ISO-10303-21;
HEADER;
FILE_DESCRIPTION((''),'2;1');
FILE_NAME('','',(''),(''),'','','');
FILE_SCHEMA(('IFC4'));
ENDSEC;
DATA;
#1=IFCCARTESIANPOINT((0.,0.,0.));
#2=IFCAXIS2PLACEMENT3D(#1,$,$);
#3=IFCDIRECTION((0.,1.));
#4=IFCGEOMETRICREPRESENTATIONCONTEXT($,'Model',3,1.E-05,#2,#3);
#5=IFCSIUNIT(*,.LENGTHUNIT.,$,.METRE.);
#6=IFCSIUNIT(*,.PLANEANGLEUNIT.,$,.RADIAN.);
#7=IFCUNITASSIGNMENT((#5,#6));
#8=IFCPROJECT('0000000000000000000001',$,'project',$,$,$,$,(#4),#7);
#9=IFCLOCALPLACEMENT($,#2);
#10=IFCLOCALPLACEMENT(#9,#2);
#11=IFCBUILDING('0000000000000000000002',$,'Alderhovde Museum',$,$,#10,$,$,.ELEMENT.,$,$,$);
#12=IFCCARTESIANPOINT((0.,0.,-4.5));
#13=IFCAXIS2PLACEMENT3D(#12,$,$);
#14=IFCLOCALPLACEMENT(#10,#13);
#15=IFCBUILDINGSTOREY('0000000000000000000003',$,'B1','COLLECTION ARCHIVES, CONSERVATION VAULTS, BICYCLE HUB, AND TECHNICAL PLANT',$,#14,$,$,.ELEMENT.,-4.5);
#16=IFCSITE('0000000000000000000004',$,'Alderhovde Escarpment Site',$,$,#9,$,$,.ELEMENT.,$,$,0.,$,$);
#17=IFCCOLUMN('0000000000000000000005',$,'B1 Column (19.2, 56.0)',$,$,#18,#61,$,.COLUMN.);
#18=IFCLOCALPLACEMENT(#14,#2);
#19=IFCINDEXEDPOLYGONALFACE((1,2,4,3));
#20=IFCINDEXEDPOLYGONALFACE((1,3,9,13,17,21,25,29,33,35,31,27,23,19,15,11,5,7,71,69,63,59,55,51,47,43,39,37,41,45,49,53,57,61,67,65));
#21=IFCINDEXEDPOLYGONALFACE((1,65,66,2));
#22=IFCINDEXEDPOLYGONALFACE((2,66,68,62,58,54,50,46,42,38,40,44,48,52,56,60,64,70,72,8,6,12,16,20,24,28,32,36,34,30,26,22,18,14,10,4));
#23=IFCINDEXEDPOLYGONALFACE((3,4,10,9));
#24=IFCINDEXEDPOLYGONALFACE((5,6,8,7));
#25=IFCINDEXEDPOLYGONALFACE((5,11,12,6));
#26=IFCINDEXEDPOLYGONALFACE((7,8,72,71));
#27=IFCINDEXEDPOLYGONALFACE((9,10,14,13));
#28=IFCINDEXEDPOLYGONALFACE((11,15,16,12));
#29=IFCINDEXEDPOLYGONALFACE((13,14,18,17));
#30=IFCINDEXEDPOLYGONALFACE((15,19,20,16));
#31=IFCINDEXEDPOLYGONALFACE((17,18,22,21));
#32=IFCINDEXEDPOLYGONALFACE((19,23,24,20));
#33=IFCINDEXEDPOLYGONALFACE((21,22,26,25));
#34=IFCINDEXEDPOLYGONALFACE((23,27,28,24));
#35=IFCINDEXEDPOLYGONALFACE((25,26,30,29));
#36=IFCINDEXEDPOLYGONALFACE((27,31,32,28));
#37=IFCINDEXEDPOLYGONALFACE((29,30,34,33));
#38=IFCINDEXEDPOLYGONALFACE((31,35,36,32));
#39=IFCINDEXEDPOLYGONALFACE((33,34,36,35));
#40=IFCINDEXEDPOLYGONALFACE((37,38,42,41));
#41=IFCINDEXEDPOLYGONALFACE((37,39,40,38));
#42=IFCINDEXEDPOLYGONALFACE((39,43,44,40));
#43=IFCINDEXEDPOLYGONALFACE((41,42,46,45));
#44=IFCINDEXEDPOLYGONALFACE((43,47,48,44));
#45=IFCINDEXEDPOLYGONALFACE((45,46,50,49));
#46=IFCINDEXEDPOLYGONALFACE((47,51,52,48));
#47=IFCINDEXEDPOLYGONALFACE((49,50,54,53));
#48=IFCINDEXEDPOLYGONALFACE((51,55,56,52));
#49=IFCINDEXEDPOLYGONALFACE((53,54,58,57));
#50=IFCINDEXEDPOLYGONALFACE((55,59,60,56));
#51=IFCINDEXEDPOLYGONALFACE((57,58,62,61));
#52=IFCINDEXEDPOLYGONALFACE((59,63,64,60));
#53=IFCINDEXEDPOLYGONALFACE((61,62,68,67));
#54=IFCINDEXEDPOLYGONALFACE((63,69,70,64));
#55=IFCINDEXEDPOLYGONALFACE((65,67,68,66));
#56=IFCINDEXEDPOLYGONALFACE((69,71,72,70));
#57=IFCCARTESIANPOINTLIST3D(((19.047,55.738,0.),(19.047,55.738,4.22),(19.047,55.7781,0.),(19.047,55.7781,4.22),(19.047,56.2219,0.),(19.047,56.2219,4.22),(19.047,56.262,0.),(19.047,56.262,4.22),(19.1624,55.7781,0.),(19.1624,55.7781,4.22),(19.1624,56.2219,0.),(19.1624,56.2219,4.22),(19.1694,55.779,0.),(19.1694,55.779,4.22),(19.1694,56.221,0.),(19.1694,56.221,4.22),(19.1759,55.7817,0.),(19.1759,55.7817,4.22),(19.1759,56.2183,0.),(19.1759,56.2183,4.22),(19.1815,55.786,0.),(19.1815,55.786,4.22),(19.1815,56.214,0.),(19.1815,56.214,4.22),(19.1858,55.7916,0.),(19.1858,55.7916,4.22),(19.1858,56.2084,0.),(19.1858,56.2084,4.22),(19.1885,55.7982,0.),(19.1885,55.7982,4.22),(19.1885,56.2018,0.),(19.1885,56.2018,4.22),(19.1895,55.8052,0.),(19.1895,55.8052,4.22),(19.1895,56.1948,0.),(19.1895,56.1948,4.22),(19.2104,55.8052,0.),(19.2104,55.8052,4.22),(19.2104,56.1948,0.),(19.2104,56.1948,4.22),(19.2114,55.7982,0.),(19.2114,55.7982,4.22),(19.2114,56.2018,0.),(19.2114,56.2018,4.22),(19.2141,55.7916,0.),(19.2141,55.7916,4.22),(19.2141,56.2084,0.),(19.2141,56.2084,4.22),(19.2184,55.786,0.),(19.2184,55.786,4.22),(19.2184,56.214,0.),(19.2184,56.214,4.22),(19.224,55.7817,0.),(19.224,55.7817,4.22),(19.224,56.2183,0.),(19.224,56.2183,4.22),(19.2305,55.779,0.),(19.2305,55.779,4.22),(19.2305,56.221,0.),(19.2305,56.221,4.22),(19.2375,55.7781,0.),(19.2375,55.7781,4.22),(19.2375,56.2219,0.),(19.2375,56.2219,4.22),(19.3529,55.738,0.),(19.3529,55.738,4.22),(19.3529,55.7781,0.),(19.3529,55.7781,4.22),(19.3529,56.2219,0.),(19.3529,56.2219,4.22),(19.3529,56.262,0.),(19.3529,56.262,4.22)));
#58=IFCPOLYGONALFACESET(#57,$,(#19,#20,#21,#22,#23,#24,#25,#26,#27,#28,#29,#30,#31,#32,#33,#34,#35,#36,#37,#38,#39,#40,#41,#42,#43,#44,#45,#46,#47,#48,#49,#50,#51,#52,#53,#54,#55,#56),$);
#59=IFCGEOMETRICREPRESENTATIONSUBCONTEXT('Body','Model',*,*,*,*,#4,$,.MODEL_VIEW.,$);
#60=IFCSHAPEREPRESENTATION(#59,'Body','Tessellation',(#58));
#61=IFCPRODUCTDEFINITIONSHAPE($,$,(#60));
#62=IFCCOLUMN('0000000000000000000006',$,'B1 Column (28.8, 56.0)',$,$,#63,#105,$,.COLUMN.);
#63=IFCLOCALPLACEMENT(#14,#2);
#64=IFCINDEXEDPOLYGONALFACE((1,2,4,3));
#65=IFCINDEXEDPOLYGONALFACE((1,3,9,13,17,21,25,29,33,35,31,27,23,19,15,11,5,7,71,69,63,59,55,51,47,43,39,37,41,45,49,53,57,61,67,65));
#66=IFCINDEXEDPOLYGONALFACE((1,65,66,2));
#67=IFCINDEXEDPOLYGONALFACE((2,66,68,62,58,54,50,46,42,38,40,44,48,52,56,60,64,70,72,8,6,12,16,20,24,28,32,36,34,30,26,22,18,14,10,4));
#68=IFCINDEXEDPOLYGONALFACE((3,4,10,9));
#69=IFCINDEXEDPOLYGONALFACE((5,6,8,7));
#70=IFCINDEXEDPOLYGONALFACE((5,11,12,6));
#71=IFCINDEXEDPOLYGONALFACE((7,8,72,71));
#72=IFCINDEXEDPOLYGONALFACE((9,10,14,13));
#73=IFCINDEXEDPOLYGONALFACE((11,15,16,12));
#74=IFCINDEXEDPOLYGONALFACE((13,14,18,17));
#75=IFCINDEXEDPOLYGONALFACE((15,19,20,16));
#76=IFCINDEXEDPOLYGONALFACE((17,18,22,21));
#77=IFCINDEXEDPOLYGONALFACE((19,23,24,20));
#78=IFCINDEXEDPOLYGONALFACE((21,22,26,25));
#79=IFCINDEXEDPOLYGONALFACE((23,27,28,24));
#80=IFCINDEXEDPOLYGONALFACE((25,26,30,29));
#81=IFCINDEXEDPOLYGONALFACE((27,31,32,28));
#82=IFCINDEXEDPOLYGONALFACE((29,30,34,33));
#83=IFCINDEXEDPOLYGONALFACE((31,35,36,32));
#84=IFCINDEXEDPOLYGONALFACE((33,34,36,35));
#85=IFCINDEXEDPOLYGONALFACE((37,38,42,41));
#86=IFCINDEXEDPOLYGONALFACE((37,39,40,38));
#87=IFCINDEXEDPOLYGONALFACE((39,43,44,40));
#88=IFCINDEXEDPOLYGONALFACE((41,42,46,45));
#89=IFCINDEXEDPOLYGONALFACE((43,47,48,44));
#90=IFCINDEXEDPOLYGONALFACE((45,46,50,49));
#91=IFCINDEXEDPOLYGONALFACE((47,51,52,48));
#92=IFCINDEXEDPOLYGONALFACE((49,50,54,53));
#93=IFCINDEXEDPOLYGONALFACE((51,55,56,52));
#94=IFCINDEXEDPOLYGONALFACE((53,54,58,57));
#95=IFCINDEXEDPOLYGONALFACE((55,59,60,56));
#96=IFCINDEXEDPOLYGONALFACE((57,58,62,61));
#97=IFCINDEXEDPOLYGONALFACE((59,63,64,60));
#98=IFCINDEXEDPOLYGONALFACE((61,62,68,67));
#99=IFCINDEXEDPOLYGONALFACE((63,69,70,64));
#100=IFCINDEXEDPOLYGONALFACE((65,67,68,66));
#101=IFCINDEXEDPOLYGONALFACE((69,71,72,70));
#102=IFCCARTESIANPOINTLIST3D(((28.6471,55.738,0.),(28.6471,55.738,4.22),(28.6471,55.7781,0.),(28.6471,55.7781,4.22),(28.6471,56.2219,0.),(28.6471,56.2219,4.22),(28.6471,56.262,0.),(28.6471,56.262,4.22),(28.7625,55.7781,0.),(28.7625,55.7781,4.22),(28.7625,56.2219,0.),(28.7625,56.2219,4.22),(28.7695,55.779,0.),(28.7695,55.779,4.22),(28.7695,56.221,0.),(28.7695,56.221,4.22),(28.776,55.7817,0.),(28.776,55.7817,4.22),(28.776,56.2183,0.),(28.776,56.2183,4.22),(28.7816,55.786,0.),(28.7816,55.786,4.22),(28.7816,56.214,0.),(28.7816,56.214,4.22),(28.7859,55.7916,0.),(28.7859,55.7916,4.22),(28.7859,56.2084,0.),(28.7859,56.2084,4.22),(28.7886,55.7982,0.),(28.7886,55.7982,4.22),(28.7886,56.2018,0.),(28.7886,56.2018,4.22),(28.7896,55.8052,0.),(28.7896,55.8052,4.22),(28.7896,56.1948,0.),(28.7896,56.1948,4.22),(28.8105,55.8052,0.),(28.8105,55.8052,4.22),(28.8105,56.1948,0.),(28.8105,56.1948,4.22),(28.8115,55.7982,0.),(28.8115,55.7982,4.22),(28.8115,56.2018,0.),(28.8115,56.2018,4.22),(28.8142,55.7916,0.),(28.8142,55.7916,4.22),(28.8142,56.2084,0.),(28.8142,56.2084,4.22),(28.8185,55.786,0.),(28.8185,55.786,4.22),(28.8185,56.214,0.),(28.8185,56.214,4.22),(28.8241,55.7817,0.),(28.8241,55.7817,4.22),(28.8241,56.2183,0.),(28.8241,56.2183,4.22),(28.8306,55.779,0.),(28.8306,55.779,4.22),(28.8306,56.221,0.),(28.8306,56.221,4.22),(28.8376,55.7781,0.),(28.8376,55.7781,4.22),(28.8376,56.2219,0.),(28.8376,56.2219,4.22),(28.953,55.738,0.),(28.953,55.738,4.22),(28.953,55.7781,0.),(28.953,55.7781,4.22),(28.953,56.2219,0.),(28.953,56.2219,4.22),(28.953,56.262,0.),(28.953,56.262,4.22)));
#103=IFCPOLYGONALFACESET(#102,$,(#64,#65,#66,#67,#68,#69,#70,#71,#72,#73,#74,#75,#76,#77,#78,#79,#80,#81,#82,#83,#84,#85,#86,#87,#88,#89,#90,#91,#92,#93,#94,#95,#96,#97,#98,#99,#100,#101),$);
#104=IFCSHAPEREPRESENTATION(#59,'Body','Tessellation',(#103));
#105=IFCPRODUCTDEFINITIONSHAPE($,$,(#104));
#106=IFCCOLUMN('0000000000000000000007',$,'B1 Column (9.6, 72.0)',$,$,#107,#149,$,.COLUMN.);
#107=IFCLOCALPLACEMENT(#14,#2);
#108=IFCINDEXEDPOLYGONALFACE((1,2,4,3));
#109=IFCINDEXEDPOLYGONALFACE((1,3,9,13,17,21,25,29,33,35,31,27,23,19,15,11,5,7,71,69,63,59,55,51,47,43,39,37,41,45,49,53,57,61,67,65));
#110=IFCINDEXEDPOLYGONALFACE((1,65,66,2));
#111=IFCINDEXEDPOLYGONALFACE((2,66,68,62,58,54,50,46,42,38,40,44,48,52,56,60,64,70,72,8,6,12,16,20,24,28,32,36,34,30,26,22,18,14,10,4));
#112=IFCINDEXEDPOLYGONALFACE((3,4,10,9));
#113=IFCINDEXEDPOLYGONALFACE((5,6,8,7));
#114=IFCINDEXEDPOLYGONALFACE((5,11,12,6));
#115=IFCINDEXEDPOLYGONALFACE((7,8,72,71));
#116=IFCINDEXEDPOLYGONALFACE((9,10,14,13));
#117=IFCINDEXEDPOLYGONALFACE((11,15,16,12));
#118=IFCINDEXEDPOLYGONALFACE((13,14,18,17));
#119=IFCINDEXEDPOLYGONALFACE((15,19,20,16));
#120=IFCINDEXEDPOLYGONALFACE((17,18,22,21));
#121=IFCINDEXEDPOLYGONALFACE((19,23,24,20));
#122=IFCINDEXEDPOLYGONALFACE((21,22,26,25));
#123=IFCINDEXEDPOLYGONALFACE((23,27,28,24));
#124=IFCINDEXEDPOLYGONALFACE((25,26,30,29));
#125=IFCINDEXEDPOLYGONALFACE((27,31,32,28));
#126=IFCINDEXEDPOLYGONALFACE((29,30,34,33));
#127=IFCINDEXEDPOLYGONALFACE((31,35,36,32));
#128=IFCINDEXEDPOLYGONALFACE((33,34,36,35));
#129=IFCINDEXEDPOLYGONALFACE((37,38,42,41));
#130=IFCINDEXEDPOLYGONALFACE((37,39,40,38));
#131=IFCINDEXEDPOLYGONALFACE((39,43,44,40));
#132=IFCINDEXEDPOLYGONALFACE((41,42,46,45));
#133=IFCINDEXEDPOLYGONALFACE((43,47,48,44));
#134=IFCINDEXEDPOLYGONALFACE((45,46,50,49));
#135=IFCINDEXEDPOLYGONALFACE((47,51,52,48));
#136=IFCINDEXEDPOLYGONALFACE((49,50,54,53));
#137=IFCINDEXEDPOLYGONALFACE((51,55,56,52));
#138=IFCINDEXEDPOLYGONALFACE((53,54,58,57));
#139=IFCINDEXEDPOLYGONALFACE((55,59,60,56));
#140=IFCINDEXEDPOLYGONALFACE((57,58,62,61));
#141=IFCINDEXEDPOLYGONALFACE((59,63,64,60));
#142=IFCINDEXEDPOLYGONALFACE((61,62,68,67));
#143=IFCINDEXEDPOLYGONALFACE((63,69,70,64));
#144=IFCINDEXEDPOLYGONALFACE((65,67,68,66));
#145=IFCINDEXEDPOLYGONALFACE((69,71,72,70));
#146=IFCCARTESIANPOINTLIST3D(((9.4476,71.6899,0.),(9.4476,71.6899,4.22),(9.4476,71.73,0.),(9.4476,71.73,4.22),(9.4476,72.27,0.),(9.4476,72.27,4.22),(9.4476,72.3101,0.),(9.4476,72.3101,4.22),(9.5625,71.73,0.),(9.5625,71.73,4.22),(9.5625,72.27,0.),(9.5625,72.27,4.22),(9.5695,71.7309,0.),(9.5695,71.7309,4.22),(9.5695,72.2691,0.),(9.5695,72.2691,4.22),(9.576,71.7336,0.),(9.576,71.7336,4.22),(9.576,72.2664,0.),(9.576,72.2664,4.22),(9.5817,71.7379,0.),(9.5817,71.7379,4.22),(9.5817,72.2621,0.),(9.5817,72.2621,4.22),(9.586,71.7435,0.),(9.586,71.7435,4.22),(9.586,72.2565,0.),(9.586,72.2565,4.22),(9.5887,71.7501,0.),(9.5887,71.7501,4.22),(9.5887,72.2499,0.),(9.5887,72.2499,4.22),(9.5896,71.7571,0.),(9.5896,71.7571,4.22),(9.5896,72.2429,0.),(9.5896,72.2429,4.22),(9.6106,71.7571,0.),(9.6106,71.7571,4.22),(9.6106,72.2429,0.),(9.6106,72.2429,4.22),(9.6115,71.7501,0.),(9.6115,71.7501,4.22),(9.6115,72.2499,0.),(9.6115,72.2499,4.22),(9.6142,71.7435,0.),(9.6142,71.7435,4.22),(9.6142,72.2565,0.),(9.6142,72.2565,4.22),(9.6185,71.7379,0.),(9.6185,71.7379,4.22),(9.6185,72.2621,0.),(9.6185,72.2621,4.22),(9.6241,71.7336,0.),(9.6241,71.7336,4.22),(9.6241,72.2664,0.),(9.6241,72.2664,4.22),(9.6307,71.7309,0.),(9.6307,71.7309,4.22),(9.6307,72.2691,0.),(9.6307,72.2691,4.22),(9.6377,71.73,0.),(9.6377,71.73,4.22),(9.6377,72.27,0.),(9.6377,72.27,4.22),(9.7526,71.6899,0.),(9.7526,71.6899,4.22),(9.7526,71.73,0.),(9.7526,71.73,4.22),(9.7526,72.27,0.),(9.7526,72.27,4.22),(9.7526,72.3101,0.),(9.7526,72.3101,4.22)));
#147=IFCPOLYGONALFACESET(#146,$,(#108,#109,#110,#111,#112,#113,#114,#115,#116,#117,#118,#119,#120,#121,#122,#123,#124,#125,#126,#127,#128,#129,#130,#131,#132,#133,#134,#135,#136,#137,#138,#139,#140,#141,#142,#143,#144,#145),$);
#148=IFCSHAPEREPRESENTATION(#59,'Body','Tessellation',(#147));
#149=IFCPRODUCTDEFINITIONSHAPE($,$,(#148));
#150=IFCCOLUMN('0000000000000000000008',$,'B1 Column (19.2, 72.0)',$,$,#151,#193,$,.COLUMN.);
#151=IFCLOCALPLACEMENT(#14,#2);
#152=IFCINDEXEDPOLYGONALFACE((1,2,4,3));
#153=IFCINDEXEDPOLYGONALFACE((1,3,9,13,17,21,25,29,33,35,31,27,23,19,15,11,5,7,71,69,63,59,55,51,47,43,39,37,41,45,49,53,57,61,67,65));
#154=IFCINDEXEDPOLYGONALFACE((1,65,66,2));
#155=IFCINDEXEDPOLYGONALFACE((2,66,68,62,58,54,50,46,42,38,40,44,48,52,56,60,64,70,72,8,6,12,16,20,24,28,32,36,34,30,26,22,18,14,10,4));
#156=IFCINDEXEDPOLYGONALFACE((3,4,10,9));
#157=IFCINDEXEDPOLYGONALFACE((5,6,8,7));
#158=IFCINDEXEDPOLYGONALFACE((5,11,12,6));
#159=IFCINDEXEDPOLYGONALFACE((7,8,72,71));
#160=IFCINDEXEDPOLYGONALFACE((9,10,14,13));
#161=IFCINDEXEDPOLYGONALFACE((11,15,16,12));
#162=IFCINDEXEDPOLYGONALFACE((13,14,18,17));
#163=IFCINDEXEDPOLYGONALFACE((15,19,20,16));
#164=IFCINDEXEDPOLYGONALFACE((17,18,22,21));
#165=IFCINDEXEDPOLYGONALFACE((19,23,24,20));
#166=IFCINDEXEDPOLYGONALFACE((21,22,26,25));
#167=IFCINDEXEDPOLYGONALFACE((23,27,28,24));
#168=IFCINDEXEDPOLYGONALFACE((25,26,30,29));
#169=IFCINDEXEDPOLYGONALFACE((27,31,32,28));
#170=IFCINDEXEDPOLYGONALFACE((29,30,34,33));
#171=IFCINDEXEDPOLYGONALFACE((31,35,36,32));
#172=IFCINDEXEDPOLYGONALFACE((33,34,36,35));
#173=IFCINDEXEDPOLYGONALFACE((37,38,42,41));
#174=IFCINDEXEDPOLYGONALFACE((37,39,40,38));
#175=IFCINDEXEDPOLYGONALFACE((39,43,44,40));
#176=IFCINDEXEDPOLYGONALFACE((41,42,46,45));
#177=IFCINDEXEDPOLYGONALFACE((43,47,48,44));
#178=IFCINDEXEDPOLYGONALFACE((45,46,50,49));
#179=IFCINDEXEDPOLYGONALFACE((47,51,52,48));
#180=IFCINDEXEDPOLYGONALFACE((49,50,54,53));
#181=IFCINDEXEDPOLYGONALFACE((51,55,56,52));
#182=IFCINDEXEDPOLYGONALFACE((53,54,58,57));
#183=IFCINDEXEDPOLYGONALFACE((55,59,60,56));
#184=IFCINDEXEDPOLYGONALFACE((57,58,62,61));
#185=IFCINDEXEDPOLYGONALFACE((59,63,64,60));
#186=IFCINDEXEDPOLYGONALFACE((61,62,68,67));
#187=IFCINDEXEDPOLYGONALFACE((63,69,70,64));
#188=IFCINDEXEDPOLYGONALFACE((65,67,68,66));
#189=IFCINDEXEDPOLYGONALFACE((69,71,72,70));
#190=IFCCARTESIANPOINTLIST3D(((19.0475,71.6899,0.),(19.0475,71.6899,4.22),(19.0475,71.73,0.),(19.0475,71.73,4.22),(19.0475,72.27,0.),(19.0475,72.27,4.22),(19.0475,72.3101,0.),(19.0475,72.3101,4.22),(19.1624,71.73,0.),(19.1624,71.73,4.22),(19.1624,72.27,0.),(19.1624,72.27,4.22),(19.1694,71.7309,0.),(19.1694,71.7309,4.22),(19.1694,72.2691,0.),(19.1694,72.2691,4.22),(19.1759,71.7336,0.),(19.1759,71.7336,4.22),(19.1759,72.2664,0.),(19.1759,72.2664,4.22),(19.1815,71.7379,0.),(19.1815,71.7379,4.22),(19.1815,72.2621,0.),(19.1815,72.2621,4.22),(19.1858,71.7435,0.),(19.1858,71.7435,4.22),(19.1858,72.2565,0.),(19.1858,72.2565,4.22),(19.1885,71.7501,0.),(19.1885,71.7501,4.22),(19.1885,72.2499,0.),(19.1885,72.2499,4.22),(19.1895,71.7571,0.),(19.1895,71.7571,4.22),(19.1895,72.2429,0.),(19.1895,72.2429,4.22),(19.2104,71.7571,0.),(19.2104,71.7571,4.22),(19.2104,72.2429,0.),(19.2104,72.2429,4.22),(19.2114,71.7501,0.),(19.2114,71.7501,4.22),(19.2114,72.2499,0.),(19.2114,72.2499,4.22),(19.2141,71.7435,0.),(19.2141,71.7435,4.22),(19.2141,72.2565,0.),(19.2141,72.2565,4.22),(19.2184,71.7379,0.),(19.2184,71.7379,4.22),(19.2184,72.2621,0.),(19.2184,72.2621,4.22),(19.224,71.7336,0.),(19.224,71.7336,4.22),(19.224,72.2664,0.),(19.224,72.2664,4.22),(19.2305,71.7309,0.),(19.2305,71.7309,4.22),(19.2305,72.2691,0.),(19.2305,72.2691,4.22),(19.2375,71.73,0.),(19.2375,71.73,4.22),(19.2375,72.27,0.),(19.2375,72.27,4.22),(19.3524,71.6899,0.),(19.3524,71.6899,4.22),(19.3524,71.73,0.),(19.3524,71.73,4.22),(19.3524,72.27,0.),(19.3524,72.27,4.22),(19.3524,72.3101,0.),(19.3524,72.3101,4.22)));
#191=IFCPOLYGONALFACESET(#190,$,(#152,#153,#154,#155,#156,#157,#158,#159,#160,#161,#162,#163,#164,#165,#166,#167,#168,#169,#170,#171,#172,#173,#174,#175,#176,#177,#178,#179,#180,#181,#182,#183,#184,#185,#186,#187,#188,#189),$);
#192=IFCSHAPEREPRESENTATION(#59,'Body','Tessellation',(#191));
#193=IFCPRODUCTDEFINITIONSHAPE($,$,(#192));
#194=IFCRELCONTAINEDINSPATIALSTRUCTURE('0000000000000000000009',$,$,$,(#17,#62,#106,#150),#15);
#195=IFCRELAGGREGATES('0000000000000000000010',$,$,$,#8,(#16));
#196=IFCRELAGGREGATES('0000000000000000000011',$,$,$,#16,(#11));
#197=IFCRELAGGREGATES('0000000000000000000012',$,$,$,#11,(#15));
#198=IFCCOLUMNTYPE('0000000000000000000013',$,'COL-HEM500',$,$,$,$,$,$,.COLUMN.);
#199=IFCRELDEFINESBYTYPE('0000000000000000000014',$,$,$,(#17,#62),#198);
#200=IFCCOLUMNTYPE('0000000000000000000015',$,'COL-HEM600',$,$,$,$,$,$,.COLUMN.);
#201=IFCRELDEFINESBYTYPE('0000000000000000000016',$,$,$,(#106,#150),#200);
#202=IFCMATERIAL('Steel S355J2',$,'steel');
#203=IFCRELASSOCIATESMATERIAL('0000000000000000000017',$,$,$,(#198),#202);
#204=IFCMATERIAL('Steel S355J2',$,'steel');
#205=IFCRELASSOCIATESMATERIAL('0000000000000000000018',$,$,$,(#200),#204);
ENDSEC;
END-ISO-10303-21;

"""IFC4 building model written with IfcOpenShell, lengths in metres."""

from ifc_helpers import new_model, si_unit, direction, frame, origin, origin_2d, place, context, subcontext, project, spatial, i_section, extrude, material, material_profile, profile_set, type_object, element, save


model = new_model("IFC4")

# Units and contexts
model_context = context("Model", 3, precision=1e-05, world=origin(), true_north=direction((0.0, 1.0)))
body_context = subcontext(model_context, "Body", "Model", "MODEL_VIEW")
ifc_project = project(units=[si_unit("LENGTHUNIT", "METRE"), si_unit("PLANEANGLEUNIT", "RADIAN")], contexts=[model_context])

# Site, building, storey
site_placement = place(None, origin())
site = spatial("IfcSite", under=ifc_project, at=site_placement, Name="Alderhovde Escarpment Site", CompositionType="ELEMENT", RefElevation=0.0)
building_placement = place(site_placement, origin())
building = spatial("IfcBuilding", under=site, at=building_placement, Name="Alderhovde Museum", CompositionType="ELEMENT")
storey_placement = place(building_placement, frame((0.0, 0.0, -4.5)))
storey = spatial("IfcBuildingStorey", under=building, at=storey_placement, Name="B1", Description="COLLECTION ARCHIVES, CONSERVATION VAULTS, BICYCLE HUB, AND TECHNICAL PLANT", CompositionType="ELEMENT", Elevation=-4.5)

# Columns
ifc_material_1 = material(Name="Steel S355J2", Category="steel")
ifc_material_profile_1 = material_profile(ifc_material_1, i_section(OverallWidth=0.3059, OverallDepth=0.5239, WebThickness=0.021, FlangeThickness=0.04, FilletRadius=0.0271, at=origin_2d()), Name="HEM 500")
ifc_profile_set_1 = profile_set([ifc_material_profile_1], Name="Steel S355J2")
column_type_1 = type_object("IfcColumnType", Name="COL-HEM500", PredefinedType="COLUMN", material=ifc_profile_set_1)
for number, where, z_axis, x_axis, name in (
    (1, (19.2, 56.0, 0.0), (0.0, 0.0, 1.0), (1.0, 0.0, 0.0), "B1 Column (19.2, 56.0)"),
    (2, (28.8, 56.0, 0.0), (0.0, 0.0, 1.0), (1.0, 0.0, 0.0), "B1 Column (28.8, 56.0)"),
):
    element("IfcColumn", number, at=place(storey_placement, frame(where, z_axis=z_axis, x_axis=x_axis)), inside=storey, type_object=column_type_1, Name=name, PredefinedType="COLUMN", context=body_context, shape_type="SweptSolid", body=[
        extrude(i_section(OverallWidth=0.3059, OverallDepth=0.5239, WebThickness=0.021, FlangeThickness=0.04, FilletRadius=0.0271, at=origin_2d()), origin(), (0.0, 0.0, 1.0), 4.22),
    ])
ifc_material_2 = material(Name="Steel S355J2", Category="steel")
ifc_material_profile_2 = material_profile(ifc_material_2, i_section(OverallWidth=0.3049, OverallDepth=0.6201, WebThickness=0.021, FlangeThickness=0.04, FilletRadius=0.0271, at=origin_2d()), Name="HEM 600")
ifc_profile_set_2 = profile_set([ifc_material_profile_2], Name="Steel S355J2")
column_type_2 = type_object("IfcColumnType", Name="COL-HEM600", PredefinedType="COLUMN", material=ifc_profile_set_2)
for number, where, z_axis, x_axis, name in (
    (3, (9.6001, 72.0, 0.0), (0.0, 0.0, 1.0), (1.0, 0.0, 0.0), "B1 Column (9.6, 72.0)"),
    (4, (19.2, 72.0, 0.0), (0.0, 0.0, 1.0), (1.0, 0.0, 0.0), "B1 Column (19.2, 72.0)"),
):
    element("IfcColumn", number, at=place(storey_placement, frame(where, z_axis=z_axis, x_axis=x_axis)), inside=storey, type_object=column_type_2, Name=name, PredefinedType="COLUMN", context=body_context, shape_type="SweptSolid", body=[
        extrude(i_section(OverallWidth=0.3049, OverallDepth=0.6201, WebThickness=0.021, FlangeThickness=0.04, FilletRadius=0.0271, at=origin_2d()), origin(), (0.0, 0.0, 1.0), 4.22),
    ])

save(model, "model.ifc")
